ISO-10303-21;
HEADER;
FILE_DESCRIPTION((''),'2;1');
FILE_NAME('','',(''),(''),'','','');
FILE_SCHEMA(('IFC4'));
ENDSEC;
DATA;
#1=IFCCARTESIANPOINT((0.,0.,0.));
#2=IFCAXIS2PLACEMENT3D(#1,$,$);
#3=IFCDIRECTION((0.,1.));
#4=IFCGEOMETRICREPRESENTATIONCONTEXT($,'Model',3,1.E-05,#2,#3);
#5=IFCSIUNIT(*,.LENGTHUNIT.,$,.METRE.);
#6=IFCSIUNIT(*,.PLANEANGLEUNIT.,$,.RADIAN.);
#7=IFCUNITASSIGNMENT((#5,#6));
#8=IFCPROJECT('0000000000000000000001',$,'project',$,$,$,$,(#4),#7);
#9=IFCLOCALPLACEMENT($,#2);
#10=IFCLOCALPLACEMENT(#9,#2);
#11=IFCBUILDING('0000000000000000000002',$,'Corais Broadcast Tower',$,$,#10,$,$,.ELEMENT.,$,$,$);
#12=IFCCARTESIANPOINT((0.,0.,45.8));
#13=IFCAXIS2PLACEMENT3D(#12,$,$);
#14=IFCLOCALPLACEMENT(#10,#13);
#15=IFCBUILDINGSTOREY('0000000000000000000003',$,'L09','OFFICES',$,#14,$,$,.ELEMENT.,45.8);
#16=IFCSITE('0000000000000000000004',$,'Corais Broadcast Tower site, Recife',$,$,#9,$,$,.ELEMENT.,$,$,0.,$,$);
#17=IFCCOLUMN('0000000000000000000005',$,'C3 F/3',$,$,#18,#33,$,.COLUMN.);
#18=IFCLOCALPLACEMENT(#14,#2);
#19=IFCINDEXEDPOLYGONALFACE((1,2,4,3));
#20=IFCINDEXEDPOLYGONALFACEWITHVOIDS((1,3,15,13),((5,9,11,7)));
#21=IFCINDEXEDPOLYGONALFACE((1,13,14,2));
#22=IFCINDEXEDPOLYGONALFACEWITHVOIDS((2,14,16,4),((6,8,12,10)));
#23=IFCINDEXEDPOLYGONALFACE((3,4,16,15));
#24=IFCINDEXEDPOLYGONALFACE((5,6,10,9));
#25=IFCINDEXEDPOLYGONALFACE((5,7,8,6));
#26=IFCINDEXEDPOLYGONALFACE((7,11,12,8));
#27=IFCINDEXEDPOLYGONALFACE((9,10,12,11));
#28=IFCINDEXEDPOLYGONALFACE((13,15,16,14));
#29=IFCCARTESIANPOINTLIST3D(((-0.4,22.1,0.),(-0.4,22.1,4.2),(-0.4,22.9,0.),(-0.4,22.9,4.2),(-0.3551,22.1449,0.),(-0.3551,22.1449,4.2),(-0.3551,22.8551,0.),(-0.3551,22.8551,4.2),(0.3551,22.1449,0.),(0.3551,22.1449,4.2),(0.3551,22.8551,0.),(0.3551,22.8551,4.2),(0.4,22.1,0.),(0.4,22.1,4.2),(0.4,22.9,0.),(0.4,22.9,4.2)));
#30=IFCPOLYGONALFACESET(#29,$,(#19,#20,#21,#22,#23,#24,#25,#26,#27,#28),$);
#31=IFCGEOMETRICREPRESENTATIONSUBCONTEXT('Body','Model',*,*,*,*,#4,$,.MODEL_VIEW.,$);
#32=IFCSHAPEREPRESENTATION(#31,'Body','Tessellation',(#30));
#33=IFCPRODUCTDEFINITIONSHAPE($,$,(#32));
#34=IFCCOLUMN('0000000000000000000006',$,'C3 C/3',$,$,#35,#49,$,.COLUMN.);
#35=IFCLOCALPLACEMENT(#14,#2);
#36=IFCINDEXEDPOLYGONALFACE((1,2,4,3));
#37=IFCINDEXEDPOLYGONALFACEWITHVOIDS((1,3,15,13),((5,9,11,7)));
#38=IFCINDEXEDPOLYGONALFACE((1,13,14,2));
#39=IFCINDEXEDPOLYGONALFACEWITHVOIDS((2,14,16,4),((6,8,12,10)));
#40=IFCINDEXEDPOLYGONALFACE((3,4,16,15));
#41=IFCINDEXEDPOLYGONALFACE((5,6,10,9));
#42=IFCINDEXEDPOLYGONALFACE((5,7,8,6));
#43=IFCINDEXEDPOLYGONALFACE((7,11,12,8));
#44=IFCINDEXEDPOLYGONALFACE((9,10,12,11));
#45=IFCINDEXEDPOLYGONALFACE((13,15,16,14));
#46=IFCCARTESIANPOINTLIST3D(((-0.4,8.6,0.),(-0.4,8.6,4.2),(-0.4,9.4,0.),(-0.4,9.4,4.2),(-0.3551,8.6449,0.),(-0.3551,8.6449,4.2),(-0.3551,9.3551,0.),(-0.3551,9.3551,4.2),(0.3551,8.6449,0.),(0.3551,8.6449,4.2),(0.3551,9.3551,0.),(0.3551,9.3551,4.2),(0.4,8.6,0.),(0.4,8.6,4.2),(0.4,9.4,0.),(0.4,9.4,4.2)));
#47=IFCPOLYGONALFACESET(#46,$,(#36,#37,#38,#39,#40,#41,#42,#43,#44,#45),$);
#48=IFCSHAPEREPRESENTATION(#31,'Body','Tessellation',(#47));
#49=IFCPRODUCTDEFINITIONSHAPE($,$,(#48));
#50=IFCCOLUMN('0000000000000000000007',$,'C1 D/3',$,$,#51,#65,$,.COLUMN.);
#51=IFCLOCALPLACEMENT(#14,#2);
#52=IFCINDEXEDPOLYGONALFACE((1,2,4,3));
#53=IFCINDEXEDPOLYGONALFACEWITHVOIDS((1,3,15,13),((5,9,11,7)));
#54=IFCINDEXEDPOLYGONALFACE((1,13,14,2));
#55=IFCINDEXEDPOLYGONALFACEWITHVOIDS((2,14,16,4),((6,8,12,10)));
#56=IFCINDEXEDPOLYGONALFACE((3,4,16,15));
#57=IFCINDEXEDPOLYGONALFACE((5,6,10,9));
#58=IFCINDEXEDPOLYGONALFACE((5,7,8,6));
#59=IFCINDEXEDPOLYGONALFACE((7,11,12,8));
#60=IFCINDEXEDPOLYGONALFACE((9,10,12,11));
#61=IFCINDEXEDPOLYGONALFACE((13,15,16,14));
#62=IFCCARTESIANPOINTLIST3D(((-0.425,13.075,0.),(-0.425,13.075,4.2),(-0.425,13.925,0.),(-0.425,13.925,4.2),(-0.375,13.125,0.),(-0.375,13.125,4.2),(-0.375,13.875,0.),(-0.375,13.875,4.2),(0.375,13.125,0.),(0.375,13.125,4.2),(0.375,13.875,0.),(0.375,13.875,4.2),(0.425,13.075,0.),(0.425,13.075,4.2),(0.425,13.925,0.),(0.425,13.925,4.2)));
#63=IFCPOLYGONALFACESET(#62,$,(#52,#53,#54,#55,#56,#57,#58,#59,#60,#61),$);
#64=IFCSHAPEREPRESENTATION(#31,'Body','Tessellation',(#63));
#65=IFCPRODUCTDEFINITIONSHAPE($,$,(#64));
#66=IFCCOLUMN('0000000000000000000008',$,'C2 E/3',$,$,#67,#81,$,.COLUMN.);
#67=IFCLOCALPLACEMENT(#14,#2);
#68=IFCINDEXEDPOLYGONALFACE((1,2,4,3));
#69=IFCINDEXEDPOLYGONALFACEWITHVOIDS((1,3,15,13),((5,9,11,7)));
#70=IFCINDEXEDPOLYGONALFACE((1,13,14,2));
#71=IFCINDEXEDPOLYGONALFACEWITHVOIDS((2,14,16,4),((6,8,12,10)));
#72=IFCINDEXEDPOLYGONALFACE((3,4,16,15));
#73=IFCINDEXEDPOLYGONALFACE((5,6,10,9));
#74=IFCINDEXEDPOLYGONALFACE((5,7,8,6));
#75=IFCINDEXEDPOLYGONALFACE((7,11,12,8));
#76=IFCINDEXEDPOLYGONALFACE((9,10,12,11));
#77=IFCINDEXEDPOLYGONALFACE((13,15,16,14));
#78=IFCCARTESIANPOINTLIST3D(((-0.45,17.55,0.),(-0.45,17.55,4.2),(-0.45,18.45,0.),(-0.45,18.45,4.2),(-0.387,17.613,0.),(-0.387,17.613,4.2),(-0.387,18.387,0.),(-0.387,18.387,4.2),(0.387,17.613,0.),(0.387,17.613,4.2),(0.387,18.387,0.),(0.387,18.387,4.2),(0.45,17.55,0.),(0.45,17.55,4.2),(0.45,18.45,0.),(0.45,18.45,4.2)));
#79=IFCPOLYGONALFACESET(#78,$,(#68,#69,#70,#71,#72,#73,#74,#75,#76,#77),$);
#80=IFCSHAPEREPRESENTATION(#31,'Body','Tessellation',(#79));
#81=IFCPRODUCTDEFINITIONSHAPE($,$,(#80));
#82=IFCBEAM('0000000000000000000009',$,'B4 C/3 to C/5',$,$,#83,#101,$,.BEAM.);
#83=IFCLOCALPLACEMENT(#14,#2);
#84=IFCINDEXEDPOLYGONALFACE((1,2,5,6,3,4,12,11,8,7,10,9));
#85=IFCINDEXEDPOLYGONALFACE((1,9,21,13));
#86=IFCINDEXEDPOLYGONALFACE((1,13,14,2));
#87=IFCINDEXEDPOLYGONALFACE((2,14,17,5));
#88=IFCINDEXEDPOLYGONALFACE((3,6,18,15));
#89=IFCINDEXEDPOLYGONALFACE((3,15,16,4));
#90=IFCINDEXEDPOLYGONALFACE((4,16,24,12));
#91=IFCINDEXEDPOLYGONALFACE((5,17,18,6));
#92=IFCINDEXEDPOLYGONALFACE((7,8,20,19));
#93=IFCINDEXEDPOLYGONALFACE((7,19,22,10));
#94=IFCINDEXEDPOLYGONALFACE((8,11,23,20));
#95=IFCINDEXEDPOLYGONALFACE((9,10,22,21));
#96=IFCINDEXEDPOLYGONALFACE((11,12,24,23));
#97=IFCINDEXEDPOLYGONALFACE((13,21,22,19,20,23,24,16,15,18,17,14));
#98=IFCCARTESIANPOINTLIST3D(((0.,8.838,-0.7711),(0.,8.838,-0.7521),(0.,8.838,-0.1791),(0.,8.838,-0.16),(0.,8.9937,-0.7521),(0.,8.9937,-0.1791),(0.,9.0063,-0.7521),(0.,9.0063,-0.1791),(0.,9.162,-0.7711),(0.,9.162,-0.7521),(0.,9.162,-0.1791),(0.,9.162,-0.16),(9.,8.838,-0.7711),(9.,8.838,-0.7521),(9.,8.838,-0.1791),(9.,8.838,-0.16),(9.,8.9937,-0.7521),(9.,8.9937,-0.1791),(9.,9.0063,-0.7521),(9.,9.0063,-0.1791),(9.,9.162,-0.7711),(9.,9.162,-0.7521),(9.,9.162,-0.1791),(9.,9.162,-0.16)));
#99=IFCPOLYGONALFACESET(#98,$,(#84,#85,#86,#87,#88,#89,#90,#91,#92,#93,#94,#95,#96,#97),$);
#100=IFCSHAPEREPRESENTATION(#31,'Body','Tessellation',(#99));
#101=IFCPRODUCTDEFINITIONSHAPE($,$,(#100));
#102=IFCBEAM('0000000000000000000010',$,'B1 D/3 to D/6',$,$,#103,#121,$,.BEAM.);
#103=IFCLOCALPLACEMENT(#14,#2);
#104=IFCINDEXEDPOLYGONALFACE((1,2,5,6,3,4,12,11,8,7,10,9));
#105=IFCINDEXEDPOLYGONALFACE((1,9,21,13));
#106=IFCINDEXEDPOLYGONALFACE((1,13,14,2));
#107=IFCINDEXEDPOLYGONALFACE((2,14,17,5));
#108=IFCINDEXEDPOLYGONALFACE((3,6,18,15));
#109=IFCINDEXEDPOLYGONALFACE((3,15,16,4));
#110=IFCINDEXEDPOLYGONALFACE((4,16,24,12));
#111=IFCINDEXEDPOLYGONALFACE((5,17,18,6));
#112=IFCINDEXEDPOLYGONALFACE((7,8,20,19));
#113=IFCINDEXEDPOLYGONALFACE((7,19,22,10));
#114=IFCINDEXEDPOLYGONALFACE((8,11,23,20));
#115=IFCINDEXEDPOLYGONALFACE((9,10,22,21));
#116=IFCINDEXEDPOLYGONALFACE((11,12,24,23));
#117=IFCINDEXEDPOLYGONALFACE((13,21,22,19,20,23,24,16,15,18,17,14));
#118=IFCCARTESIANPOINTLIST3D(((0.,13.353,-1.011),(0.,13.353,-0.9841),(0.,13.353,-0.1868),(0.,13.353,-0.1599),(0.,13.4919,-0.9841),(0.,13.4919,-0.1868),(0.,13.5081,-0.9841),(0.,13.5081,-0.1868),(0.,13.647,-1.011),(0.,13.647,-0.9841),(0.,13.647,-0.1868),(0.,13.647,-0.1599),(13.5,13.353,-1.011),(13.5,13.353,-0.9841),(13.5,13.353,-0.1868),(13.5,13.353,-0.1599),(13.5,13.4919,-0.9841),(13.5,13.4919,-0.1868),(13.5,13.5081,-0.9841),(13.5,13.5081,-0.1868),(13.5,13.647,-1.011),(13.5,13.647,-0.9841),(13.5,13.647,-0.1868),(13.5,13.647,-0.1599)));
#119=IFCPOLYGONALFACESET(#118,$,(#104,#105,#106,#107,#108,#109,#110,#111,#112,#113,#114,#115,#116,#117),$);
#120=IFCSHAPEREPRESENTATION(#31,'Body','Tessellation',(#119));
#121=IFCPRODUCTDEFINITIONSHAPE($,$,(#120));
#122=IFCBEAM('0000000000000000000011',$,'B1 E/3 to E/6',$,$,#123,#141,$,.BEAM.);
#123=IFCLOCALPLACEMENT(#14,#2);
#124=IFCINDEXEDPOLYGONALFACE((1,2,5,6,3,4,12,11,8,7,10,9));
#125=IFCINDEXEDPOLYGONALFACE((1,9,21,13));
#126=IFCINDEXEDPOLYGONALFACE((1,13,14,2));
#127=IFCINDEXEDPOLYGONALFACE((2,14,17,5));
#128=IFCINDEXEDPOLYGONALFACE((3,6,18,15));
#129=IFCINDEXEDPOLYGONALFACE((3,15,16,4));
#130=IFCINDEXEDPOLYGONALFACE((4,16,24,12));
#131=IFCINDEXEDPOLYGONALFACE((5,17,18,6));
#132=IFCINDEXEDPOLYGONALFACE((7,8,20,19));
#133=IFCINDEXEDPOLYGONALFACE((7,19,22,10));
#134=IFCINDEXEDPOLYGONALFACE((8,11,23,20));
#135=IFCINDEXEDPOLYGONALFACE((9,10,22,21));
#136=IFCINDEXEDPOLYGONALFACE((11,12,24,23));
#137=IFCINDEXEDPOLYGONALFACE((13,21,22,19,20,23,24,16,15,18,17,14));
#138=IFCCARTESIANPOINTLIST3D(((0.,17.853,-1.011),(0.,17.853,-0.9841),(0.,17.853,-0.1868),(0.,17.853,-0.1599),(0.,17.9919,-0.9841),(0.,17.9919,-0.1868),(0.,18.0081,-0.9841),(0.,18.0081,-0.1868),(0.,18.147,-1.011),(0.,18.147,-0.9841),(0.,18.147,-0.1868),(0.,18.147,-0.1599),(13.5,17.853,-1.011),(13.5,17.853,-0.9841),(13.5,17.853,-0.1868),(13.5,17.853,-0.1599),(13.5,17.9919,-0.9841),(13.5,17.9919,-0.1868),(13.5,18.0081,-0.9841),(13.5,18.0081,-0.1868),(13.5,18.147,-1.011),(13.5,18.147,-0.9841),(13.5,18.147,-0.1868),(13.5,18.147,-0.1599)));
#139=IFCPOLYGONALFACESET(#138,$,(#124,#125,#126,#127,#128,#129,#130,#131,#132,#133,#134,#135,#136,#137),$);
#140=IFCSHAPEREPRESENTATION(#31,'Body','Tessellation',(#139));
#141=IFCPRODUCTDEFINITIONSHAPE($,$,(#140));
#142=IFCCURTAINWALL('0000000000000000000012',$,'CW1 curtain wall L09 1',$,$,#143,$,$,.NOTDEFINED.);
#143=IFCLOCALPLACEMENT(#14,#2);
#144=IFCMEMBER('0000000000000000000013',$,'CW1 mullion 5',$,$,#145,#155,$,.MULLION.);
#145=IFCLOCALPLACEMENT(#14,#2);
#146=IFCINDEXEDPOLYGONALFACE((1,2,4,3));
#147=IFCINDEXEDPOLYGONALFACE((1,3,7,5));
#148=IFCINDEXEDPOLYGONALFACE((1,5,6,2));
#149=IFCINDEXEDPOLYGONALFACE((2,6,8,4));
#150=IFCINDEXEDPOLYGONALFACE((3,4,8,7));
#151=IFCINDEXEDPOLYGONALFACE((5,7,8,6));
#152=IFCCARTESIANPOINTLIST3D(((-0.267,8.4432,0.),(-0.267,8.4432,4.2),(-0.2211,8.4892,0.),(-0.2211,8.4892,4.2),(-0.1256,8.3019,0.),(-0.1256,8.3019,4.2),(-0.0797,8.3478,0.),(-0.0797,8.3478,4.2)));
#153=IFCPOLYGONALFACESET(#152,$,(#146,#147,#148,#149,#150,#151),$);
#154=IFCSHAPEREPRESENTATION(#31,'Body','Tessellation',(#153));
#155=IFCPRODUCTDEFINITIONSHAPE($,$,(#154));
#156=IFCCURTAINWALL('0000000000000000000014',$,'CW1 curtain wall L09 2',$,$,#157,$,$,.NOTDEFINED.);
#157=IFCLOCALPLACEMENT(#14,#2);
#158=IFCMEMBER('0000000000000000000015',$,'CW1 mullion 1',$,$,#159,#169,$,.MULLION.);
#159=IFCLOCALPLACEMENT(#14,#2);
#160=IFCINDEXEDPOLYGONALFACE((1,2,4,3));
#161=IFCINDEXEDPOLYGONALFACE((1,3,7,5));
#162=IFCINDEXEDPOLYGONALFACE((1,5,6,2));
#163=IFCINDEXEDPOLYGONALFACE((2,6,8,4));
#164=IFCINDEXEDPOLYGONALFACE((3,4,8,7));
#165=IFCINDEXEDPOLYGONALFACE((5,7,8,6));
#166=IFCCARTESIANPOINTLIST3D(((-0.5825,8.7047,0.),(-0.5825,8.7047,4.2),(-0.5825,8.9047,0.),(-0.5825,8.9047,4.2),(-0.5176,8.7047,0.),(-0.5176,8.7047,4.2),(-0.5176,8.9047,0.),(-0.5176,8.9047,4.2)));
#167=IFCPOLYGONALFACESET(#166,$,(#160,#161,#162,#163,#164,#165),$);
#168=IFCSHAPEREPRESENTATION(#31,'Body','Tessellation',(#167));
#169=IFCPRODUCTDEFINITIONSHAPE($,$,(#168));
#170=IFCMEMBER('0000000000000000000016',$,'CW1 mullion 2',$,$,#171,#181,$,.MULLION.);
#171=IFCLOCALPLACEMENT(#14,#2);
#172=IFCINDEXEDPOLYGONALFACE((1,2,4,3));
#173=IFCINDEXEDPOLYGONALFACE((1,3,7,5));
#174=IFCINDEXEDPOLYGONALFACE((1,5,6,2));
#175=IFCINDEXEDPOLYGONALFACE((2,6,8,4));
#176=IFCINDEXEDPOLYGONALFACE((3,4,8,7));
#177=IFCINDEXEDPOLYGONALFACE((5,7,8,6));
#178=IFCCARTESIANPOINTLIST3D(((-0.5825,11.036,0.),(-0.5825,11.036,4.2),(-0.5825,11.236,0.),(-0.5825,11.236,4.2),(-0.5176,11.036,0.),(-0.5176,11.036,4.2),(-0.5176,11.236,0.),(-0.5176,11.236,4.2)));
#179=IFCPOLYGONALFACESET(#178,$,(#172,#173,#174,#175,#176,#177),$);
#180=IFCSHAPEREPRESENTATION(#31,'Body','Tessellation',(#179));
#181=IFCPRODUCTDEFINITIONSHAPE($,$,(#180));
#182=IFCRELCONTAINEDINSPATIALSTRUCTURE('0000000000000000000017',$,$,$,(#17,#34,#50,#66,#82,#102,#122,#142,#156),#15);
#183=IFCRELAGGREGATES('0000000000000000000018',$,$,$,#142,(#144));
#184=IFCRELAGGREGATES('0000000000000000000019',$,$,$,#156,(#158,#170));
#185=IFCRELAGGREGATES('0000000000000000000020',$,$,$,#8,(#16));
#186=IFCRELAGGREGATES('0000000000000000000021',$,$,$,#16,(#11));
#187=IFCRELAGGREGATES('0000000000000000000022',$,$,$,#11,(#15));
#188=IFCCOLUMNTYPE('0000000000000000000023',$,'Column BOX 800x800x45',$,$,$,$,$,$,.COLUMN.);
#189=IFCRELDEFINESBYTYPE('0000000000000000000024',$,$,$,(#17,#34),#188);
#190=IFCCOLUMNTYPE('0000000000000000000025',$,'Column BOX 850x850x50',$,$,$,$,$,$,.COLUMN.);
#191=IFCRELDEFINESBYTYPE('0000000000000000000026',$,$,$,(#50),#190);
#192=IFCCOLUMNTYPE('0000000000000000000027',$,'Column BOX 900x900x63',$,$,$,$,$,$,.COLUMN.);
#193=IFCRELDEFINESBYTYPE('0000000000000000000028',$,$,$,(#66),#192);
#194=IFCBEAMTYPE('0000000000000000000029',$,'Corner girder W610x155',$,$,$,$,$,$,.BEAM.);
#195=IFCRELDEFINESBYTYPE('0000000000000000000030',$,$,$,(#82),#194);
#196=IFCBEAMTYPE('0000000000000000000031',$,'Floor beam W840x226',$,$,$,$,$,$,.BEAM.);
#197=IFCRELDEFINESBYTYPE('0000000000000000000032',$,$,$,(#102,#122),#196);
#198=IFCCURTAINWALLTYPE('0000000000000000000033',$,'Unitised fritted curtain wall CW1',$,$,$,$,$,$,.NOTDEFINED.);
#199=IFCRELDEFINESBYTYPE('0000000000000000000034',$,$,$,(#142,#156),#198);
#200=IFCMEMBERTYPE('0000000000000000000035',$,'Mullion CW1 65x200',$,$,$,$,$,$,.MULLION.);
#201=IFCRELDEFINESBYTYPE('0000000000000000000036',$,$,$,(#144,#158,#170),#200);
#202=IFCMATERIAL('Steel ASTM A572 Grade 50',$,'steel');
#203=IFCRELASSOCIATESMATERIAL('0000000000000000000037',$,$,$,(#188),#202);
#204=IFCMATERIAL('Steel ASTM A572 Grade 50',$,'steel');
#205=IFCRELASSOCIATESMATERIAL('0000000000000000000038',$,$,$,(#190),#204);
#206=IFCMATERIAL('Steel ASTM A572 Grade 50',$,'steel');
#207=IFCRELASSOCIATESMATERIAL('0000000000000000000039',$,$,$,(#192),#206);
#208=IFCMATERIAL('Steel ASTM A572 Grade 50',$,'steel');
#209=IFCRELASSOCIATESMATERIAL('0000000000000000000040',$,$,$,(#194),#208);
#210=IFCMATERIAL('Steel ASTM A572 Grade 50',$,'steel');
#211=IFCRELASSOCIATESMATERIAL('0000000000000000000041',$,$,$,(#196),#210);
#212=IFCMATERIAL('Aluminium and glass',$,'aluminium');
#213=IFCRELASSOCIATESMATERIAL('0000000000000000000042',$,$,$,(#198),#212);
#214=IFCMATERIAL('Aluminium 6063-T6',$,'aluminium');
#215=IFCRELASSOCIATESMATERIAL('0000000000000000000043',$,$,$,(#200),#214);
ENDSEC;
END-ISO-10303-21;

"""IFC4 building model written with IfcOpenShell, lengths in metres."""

from ifc_helpers import new_model, si_unit, direction, frame, origin, origin_2d, place, context, subcontext, project, spatial, rectangle, hollow_rectangle, i_section, extrude, material, material_profile, profile_set, type_object, element, aggregate, save


model = new_model("IFC4")

# Units and contexts
model_context = context("Model", 3, precision=1e-05, world=origin(), true_north=direction((0.0, 1.0)))
body_context = subcontext(model_context, "Body", "Model", "MODEL_VIEW")
ifc_project = project(units=[si_unit("LENGTHUNIT", "METRE"), si_unit("PLANEANGLEUNIT", "RADIAN")], contexts=[model_context])

# Site, building, storey
site_placement = place(None, origin())
site = spatial("IfcSite", under=ifc_project, at=site_placement, Name="Corais Broadcast Tower site, Recife", CompositionType="ELEMENT", RefElevation=0.0)
building_placement = place(site_placement, origin())
building = spatial("IfcBuilding", under=site, at=building_placement, Name="Corais Broadcast Tower", CompositionType="ELEMENT")
storey_placement = place(building_placement, frame((0.0, 0.0, 45.8)))
storey = spatial("IfcBuildingStorey", under=building, at=storey_placement, Name="L09", Description="OFFICES", CompositionType="ELEMENT", Elevation=45.8)

# Columns
ifc_material_1 = material(Name="Steel ASTM A572 Grade 50", Category="steel")
ifc_material_profile_1 = material_profile(ifc_material_1, hollow_rectangle(XDim=0.8, YDim=0.8, WallThickness=0.0449, at=origin_2d()), Name="BOX 800x800x45")
ifc_profile_set_1 = profile_set([ifc_material_profile_1], Name="Steel ASTM A572 Grade 50")
column_type_1 = type_object("IfcColumnType", Name="Column BOX 800x800x45", PredefinedType="COLUMN", material=ifc_profile_set_1)
for number, where, z_axis, x_axis, name in (
    (1, (0.0, 22.5, 0.0), (0.0, 0.0, 1.0), (1.0, 0.0, 0.0), "C3 F/3"),
    (2, (0.0, 9.0, 0.0), (0.0, 0.0, 1.0), (1.0, 0.0, 0.0), "C3 C/3"),
):
    element("IfcColumn", number, at=place(storey_placement, frame(where, z_axis=z_axis, x_axis=x_axis)), inside=storey, type_object=column_type_1, Name=name, PredefinedType="COLUMN", context=body_context, shape_type="SweptSolid", body=[
        extrude(hollow_rectangle(XDim=0.8, YDim=0.8, WallThickness=0.0449, at=origin_2d()), origin(), (0.0, 0.0, 1.0), 4.2),
    ])
ifc_material_2 = material(Name="Steel ASTM A572 Grade 50", Category="steel")
ifc_material_profile_2 = material_profile(ifc_material_2, hollow_rectangle(XDim=0.8501, YDim=0.8501, WallThickness=0.05, at=origin_2d()), Name="BOX 850x850x50")
ifc_profile_set_2 = profile_set([ifc_material_profile_2], Name="Steel ASTM A572 Grade 50")
column_type_2 = type_object("IfcColumnType", Name="Column BOX 850x850x50", PredefinedType="COLUMN", material=ifc_profile_set_2)
column_1_placement = place(storey_placement, frame((0.0, 13.5, 0.0), z_axis=(0.0, 0.0, 1.0), x_axis=(1.0, 0.0, 0.0)))
element("IfcColumn", 3, at=column_1_placement, inside=storey, type_object=column_type_2, Name="C1 D/3", PredefinedType="COLUMN", context=body_context, shape_type="SweptSolid", body=[
    extrude(hollow_rectangle(XDim=0.8501, YDim=0.8501, WallThickness=0.05, at=origin_2d()), origin(), (0.0, 0.0, 1.0), 4.2),
])
ifc_material_3 = material(Name="Steel ASTM A572 Grade 50", Category="steel")
ifc_material_profile_3 = material_profile(ifc_material_3, hollow_rectangle(XDim=0.8999, YDim=0.8999, WallThickness=0.063, at=origin_2d()), Name="BOX 900x900x63")
ifc_profile_set_3 = profile_set([ifc_material_profile_3], Name="Steel ASTM A572 Grade 50")
column_type_3 = type_object("IfcColumnType", Name="Column BOX 900x900x63", PredefinedType="COLUMN", material=ifc_profile_set_3)
column_2_placement = place(storey_placement, frame((0.0, 18.0, 0.0), z_axis=(0.0, 0.0, 1.0), x_axis=(1.0, 0.0, 0.0)))
element("IfcColumn", 4, at=column_2_placement, inside=storey, type_object=column_type_3, Name="C2 E/3", PredefinedType="COLUMN", context=body_context, shape_type="SweptSolid", body=[
    extrude(hollow_rectangle(XDim=0.8999, YDim=0.8999, WallThickness=0.063, at=origin_2d()), origin(), (0.0, 0.0, 1.0), 4.2),
])

# Beams
ifc_material_4 = material(Name="Steel ASTM A572 Grade 50", Category="steel")
ifc_material_profile_4 = material_profile(ifc_material_4, i_section(OverallWidth=0.324, OverallDepth=0.6111, WebThickness=0.0127, FlangeThickness=0.019, at=origin_2d()), Name="W610x155")
ifc_profile_set_4 = profile_set([ifc_material_profile_4], Name="Steel ASTM A572 Grade 50")
beam_type_1 = type_object("IfcBeamType", Name="Corner girder W610x155", PredefinedType="BEAM", material=ifc_profile_set_4)
beam_1_placement = place(storey_placement, frame((0.0, 9.0, -0.4656), z_axis=(1.0, 0.0, 0.0), x_axis=(0.0, 1.0, 0.0)))
element("IfcBeam", 5, at=beam_1_placement, inside=storey, type_object=beam_type_1, Name="B4 C/3 to C/5", PredefinedType="BEAM", context=body_context, shape_type="SweptSolid", body=[
    extrude(i_section(OverallWidth=0.324, OverallDepth=0.6111, WebThickness=0.0127, FlangeThickness=0.019, at=origin_2d()), origin(), (0.0, 0.0, 1.0), 9.0),
])
ifc_material_5 = material(Name="Steel ASTM A572 Grade 50", Category="steel")
ifc_material_profile_5 = material_profile(ifc_material_5, i_section(OverallWidth=0.2939, OverallDepth=0.8511, WebThickness=0.0161, FlangeThickness=0.0269, at=origin_2d()), Name="W840x226")
ifc_profile_set_5 = profile_set([ifc_material_profile_5], Name="Steel ASTM A572 Grade 50")
beam_type_2 = type_object("IfcBeamType", Name="Floor beam W840x226", PredefinedType="BEAM", material=ifc_profile_set_5)
for number, where, z_axis, x_axis, name in (
    (6, (0.0, 13.5, -0.5854), (1.0, 0.0, 0.0), (0.0, 1.0, 0.0), "B1 D/3 to D/6"),
    (7, (0.0, 18.0, -0.5854), (1.0, 0.0, 0.0), (0.0, 1.0, 0.0), "B1 E/3 to E/6"),
):
    element("IfcBeam", number, at=place(storey_placement, frame(where, z_axis=z_axis, x_axis=x_axis)), inside=storey, type_object=beam_type_2, Name=name, PredefinedType="BEAM", context=body_context, shape_type="SweptSolid", body=[
        extrude(i_section(OverallWidth=0.2939, OverallDepth=0.8511, WebThickness=0.0161, FlangeThickness=0.0269, at=origin_2d()), origin(), (0.0, 0.0, 1.0), 13.5),
    ])

# Curtain wall, member
ifc_material_6 = material(Name="Aluminium and glass", Category="aluminium")
curtain_wall_type = type_object("IfcCurtainWallType", Name="Unitised fritted curtain wall CW1", PredefinedType="NOTDEFINED", material=ifc_material_6)
curtain_wall_1_placement = place(storey_placement, origin())
curtain_wall_1 = element("IfcCurtainWall", 8, at=curtain_wall_1_placement, inside=storey, type_object=curtain_wall_type, Name="CW1 curtain wall L09 1", PredefinedType="NOTDEFINED")
ifc_material_7 = material(Name="Aluminium 6063-T6", Category="aluminium")
ifc_material_profile_6 = material_profile(ifc_material_7, rectangle(XDim=0.0649, YDim=0.2, at=origin_2d()), Name="Mullion CW1 65x200")
ifc_profile_set_6 = profile_set([ifc_material_profile_6], Name="Aluminium 6063-T6")
member_type_1 = type_object("IfcMemberType", Name="Mullion CW1 65x200", PredefinedType="MULLION", material=ifc_profile_set_6)
member_1_placement = place(storey_placement, frame((-0.1733, 8.3955, 0.0), z_axis=(0.0, 0.0, 1.0), x_axis=(-0.707107, -0.707107, 0.0)))
member_1 = element("IfcMember", 9, at=member_1_placement, type_object=member_type_1, Name="CW1 mullion 5", PredefinedType="MULLION", context=body_context, shape_type="SweptSolid", body=[
    extrude(rectangle(XDim=0.0649, YDim=0.2, at=origin_2d()), origin(), (0.0, 0.0, 1.0), 4.2),
])
aggregate(curtain_wall_1, [member_1])

# Curtain wall, members
curtain_wall_2_placement = place(storey_placement, origin())
curtain_wall_2 = element("IfcCurtainWall", 10, at=curtain_wall_2_placement, inside=storey, type_object=curtain_wall_type, Name="CW1 curtain wall L09 2", PredefinedType="NOTDEFINED")
member_2_placement = place(storey_placement, frame((-0.55, 8.8047, 0.0), z_axis=(0.0, 0.0, 1.0), x_axis=(-1.0, 0.0, 0.0)))
member_2 = element("IfcMember", 11, at=member_2_placement, type_object=member_type_1, Name="CW1 mullion 1", PredefinedType="MULLION", context=body_context, shape_type="SweptSolid", body=[
    extrude(rectangle(XDim=0.0649, YDim=0.2, at=origin_2d()), origin(), (0.0, 0.0, 1.0), 4.2),
])
member_3_placement = place(storey_placement, frame((-0.55, 11.136, 0.0), z_axis=(0.0, 0.0, 1.0), x_axis=(-1.0, 0.0, 0.0)))
member_3 = element("IfcMember", 12, at=member_3_placement, type_object=member_type_1, Name="CW1 mullion 2", PredefinedType="MULLION", context=body_context, shape_type="SweptSolid", body=[
    extrude(rectangle(XDim=0.0649, YDim=0.2, at=origin_2d()), origin(), (0.0, 0.0, 1.0), 4.2),
])

aggregate(curtain_wall_2, [member_2, member_3])

save(model, "model.ifc")
